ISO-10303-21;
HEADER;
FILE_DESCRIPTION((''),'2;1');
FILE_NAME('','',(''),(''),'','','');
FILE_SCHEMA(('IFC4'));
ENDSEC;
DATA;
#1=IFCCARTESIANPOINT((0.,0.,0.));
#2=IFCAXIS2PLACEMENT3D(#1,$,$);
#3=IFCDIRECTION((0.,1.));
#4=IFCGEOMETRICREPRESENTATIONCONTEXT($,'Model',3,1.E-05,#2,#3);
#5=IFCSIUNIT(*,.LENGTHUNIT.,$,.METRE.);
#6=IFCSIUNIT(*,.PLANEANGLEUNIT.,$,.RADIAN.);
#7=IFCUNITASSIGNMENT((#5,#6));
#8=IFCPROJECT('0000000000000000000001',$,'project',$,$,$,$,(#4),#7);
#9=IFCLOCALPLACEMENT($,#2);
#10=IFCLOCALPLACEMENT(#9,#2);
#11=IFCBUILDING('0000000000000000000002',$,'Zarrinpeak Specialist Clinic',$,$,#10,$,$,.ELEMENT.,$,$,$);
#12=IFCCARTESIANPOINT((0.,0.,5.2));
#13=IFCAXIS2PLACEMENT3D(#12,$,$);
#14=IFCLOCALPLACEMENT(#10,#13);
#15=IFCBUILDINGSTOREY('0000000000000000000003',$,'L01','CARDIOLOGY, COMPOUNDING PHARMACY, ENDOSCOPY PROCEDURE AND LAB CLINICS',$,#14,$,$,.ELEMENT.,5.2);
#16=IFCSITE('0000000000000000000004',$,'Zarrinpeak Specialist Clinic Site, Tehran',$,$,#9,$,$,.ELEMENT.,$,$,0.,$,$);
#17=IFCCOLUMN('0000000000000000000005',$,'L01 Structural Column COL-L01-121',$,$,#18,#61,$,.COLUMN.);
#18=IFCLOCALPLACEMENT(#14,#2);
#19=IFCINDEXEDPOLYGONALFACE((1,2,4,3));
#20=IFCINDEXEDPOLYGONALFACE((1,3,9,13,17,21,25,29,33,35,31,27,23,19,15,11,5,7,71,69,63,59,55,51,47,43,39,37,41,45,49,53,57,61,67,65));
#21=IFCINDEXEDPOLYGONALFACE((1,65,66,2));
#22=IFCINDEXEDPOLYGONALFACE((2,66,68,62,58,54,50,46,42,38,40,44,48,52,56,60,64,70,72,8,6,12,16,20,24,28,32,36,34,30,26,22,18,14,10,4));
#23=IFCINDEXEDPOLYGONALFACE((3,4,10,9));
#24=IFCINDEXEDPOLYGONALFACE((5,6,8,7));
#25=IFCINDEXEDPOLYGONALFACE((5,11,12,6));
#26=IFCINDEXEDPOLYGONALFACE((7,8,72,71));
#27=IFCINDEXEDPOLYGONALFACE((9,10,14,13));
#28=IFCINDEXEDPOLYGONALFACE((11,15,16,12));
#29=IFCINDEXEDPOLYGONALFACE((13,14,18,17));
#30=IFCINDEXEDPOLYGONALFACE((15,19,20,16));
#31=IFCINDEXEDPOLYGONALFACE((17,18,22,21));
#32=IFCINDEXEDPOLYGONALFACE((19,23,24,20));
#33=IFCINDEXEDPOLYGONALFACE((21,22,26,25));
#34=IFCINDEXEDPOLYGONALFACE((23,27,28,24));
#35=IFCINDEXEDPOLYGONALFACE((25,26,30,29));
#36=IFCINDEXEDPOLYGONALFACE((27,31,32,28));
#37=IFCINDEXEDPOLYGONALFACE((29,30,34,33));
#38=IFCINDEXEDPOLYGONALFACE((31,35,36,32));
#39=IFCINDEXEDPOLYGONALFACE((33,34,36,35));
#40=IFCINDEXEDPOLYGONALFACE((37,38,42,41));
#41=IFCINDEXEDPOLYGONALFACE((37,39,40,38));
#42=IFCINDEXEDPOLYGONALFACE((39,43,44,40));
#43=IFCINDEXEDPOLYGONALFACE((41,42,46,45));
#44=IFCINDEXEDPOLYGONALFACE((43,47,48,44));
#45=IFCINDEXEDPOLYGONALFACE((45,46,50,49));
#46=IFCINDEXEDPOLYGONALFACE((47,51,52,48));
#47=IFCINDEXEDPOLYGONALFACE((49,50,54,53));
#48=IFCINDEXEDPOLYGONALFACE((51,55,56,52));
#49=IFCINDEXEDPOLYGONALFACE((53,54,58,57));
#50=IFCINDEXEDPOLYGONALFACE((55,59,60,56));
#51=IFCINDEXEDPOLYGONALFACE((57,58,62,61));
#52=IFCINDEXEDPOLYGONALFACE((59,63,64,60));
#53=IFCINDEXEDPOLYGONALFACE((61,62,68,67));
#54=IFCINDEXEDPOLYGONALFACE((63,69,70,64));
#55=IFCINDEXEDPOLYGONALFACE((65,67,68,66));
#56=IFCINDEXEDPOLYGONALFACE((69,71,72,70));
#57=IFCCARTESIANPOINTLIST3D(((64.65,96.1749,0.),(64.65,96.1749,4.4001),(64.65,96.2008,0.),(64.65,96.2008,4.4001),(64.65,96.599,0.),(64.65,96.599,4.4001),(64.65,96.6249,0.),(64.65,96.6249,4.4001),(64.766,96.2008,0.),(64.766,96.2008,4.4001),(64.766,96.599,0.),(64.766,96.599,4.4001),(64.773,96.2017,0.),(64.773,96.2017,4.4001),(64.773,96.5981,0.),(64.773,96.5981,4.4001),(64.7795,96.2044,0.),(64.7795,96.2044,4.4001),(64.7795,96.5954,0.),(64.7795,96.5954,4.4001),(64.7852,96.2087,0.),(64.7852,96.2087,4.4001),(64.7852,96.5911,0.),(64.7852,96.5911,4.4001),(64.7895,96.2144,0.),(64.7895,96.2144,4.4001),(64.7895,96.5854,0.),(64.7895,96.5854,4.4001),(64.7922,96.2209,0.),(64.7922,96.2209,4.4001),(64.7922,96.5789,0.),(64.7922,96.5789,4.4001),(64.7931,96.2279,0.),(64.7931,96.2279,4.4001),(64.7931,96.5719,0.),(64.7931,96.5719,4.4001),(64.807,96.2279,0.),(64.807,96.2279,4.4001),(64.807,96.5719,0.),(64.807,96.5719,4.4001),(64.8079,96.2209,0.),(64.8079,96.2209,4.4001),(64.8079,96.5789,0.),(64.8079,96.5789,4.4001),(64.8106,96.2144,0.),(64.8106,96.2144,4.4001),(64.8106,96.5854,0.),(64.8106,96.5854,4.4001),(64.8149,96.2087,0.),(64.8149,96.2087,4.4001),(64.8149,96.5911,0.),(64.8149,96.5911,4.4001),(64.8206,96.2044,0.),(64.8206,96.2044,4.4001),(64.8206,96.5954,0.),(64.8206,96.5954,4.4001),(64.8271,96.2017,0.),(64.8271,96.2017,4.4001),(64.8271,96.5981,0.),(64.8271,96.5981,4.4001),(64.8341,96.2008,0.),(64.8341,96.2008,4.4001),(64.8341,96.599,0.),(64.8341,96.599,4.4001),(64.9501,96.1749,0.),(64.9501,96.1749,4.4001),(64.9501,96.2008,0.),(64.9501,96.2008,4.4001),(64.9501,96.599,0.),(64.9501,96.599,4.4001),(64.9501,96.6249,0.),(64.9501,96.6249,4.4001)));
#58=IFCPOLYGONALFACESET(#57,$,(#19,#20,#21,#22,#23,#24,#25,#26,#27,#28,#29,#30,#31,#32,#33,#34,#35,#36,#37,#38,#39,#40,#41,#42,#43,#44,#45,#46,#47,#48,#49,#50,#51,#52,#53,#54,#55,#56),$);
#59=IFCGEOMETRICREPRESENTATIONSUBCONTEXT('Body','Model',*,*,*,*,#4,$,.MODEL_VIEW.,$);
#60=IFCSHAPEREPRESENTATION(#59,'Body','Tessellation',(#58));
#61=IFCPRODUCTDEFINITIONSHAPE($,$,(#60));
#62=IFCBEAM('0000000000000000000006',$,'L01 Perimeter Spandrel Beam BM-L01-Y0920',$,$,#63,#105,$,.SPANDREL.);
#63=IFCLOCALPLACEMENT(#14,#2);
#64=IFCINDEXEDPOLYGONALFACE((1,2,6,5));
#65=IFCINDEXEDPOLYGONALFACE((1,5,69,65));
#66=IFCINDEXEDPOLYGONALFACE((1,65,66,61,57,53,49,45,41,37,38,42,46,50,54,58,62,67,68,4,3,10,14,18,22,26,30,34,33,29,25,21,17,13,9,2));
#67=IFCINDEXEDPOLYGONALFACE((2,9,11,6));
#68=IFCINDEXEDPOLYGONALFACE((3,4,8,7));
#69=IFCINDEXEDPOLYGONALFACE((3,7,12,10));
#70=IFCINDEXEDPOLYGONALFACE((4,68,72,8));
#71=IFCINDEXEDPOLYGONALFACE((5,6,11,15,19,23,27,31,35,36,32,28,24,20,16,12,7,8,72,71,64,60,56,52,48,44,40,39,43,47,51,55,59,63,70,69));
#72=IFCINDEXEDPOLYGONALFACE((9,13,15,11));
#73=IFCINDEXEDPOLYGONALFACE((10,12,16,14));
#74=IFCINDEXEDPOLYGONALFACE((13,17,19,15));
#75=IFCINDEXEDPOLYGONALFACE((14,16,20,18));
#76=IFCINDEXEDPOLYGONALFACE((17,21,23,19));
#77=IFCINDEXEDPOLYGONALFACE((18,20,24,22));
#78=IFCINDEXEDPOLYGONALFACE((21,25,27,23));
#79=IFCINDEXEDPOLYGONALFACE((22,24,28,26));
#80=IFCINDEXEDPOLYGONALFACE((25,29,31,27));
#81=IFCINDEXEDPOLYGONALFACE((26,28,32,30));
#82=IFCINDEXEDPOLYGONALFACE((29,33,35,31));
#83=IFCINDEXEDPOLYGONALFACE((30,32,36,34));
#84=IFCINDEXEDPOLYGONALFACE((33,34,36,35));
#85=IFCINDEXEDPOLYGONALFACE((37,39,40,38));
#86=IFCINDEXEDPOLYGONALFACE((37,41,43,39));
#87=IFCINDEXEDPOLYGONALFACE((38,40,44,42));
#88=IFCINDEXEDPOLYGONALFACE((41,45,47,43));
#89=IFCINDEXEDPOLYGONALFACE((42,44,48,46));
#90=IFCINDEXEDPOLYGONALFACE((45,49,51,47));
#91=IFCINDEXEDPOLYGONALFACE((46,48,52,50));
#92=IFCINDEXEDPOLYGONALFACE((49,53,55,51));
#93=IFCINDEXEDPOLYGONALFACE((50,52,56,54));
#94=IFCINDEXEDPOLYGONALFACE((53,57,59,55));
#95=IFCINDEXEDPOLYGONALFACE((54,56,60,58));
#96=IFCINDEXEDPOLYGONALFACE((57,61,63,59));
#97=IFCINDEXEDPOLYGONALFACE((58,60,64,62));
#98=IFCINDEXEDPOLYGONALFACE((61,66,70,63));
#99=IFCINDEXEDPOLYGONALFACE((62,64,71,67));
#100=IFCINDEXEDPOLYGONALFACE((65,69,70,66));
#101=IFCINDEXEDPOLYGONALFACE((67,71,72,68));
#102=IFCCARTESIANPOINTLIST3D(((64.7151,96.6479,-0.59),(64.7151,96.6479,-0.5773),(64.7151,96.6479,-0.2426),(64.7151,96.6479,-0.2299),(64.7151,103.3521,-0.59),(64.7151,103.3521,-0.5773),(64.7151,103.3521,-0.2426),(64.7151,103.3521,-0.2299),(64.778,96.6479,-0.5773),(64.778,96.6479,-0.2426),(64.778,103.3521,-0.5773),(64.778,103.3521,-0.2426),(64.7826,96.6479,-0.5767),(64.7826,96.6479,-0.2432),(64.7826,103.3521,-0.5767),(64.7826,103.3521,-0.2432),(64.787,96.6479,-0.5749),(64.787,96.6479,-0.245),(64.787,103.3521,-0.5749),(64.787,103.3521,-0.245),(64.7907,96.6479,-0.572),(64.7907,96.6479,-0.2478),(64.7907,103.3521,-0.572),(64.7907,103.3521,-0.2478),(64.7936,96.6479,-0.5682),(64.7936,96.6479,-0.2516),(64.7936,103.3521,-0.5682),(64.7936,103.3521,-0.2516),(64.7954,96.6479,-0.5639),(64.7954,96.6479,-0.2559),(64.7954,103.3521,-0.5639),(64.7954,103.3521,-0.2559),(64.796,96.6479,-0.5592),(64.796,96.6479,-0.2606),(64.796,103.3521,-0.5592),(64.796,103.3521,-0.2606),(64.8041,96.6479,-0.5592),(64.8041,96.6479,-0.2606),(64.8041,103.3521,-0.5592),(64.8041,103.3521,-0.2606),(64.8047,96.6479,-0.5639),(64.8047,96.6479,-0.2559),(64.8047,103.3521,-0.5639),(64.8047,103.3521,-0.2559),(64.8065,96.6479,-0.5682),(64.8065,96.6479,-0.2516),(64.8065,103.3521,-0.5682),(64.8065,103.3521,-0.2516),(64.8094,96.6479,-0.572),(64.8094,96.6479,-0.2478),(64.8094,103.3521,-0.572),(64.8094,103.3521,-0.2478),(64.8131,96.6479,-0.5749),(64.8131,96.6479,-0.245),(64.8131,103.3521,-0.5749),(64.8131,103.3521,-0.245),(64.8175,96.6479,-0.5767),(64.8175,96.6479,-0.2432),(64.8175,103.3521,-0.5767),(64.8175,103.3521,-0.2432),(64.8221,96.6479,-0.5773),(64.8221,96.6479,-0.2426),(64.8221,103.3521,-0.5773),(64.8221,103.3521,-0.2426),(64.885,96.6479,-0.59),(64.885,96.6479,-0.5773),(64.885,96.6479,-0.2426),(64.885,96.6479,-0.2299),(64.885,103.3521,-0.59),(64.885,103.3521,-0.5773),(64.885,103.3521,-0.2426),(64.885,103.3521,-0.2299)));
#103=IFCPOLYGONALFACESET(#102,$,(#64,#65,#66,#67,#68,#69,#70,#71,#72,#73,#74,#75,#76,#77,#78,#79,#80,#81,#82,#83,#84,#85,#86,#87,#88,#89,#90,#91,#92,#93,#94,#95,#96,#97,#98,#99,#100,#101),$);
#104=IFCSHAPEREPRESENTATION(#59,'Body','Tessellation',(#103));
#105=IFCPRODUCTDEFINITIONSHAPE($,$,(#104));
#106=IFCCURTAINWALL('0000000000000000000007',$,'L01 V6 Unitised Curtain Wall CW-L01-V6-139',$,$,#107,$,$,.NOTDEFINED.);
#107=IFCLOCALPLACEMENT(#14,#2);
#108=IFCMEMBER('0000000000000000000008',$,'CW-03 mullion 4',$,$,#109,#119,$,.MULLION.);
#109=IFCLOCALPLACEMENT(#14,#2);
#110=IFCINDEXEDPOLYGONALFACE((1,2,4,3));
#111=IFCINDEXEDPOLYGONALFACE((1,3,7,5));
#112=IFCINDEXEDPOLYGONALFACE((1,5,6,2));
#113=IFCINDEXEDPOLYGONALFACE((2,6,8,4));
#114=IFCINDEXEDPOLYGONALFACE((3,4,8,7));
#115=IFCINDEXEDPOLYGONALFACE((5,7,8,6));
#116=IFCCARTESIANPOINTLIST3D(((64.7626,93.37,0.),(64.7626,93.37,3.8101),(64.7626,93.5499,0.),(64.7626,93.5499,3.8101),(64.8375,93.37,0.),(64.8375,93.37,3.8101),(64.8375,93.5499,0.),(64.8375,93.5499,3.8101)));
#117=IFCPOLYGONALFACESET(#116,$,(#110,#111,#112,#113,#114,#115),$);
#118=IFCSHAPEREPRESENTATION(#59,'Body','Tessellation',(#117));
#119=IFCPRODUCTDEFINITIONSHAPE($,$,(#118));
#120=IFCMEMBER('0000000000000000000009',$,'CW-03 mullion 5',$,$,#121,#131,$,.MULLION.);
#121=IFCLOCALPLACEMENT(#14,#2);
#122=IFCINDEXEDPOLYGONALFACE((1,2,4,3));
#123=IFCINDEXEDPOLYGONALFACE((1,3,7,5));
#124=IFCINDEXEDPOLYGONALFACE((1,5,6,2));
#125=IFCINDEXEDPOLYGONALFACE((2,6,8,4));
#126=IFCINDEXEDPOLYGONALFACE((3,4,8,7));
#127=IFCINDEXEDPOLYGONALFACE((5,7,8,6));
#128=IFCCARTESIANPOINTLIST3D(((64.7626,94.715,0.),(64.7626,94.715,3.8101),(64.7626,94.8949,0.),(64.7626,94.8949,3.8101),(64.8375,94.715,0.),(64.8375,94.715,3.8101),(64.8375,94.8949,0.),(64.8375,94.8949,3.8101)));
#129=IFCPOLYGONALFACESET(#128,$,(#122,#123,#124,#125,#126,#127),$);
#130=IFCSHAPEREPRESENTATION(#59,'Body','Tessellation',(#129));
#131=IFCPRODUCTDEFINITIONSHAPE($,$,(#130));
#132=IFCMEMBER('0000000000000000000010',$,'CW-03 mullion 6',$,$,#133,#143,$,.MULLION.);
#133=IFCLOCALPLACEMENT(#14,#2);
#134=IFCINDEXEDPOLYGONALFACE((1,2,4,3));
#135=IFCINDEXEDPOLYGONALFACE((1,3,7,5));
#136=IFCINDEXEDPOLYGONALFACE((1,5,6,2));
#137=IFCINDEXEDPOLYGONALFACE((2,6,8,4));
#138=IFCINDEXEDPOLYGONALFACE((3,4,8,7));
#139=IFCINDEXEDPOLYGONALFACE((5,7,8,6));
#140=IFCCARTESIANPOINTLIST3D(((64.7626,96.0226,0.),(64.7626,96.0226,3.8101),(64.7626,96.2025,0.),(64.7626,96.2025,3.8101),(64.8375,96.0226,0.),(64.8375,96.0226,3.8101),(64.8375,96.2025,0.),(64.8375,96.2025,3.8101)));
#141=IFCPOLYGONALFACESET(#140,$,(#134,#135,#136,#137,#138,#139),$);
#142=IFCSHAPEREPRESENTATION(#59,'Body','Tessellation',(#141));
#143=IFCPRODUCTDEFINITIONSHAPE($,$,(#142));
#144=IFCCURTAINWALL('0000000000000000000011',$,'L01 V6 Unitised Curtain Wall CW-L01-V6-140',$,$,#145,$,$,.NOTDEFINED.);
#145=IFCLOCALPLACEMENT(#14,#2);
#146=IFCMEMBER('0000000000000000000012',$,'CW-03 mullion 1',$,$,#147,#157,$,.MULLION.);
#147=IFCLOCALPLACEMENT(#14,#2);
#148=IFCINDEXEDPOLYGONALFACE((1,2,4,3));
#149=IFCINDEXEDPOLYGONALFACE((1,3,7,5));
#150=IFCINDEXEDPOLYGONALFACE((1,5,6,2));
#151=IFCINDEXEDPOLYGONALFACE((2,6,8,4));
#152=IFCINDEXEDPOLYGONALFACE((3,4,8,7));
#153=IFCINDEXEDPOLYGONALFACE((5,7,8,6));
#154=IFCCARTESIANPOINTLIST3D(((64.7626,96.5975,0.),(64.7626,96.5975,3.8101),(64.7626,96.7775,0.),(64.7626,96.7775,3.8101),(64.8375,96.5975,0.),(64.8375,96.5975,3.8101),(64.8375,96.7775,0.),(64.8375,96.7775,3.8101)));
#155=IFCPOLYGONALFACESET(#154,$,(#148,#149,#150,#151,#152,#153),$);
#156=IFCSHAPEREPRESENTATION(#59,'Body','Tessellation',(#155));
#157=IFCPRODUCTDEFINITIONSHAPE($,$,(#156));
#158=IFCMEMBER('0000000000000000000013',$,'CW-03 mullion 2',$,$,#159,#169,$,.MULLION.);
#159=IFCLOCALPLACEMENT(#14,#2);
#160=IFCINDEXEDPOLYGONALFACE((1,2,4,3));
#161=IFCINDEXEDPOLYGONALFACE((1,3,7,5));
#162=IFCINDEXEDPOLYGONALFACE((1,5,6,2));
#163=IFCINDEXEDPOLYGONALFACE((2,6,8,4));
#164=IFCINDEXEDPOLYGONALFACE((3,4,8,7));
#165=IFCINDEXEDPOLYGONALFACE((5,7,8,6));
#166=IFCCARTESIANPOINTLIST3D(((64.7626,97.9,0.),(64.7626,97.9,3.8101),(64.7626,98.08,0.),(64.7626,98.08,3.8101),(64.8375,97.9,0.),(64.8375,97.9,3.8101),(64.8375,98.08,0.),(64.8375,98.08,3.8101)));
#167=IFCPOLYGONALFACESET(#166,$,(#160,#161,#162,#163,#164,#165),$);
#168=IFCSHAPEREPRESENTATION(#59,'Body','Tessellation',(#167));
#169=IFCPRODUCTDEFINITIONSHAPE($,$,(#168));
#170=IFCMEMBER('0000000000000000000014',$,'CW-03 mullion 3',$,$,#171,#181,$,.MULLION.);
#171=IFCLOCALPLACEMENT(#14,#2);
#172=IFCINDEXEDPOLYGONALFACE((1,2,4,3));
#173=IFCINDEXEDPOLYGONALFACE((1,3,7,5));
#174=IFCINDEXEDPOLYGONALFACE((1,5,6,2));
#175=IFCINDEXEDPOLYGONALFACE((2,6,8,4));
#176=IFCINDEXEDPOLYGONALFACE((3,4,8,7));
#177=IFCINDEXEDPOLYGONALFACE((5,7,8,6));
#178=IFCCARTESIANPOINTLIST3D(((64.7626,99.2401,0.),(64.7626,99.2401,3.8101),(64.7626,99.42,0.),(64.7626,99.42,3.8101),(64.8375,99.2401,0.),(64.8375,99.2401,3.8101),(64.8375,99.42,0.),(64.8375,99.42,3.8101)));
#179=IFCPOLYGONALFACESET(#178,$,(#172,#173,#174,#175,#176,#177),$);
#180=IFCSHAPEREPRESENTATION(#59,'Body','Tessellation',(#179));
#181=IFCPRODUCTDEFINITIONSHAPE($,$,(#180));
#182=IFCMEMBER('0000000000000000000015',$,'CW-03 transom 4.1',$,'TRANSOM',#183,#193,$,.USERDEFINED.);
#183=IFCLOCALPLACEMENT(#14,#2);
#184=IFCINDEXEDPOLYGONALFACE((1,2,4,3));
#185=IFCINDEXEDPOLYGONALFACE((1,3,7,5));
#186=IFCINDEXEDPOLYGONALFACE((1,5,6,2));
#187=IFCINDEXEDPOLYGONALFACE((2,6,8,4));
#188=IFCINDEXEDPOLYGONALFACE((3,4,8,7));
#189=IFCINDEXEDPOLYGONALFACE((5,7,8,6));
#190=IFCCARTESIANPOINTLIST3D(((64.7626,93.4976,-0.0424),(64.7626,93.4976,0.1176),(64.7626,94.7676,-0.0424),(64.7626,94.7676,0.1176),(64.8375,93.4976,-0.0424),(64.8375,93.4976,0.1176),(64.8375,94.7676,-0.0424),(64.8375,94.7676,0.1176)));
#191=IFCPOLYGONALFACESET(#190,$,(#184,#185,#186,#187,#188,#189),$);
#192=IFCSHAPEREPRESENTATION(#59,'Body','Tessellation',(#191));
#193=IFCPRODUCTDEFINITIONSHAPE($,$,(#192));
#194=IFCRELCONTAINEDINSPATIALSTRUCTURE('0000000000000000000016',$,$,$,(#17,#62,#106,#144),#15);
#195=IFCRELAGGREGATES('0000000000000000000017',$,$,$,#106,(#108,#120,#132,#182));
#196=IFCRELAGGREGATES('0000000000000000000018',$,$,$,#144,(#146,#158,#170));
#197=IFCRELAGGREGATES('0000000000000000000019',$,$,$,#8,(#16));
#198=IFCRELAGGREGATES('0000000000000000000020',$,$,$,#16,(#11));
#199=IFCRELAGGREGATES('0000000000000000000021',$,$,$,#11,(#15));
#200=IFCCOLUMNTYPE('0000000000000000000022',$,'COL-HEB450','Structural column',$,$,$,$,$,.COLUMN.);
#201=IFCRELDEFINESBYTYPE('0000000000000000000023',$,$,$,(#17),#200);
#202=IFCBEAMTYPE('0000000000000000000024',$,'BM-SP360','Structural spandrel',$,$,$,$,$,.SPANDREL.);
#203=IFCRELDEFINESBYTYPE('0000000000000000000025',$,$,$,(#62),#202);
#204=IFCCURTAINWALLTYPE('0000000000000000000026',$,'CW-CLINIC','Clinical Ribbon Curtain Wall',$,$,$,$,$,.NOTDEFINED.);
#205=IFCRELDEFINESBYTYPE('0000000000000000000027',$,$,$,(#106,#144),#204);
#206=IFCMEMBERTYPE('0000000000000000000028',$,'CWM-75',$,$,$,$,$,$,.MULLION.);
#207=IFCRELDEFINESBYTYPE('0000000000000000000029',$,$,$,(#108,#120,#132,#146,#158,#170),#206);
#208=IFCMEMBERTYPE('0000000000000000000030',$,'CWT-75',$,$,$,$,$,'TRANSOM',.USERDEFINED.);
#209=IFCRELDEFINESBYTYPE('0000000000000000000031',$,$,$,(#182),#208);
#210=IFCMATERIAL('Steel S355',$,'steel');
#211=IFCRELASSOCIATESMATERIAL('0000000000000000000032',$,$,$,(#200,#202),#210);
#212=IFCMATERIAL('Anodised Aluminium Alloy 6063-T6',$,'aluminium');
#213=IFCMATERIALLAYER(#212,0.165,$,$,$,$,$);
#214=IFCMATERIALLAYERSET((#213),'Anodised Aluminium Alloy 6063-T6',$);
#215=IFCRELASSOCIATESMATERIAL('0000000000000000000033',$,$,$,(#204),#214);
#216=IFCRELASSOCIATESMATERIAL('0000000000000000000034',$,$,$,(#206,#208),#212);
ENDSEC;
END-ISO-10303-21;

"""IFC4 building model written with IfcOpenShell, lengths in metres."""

from ifc_helpers import new_model, si_unit, direction, frame, origin, origin_2d, place, context, subcontext, project, spatial, rectangle, i_section, extrude, material, layer, layer_set, material_profile, profile_set, type_object, element, aggregate, save


model = new_model("IFC4")

# Units and contexts
model_context = context("Model", 3, precision=1e-05, world=origin(), true_north=direction((0.0, 1.0)))
body_context = subcontext(model_context, "Body", "Model", "MODEL_VIEW")
ifc_project = project(units=[si_unit("LENGTHUNIT", "METRE"), si_unit("PLANEANGLEUNIT", "RADIAN")], contexts=[model_context])

# Site, building, storey
site_placement = place(None, origin())
site = spatial("IfcSite", under=ifc_project, at=site_placement, Name="Zarrinpeak Specialist Clinic Site, Tehran", CompositionType="ELEMENT", RefElevation=0.0)
building_placement = place(site_placement, origin())
building = spatial("IfcBuilding", under=site, at=building_placement, Name="Zarrinpeak Specialist Clinic", CompositionType="ELEMENT")
storey_placement = place(building_placement, frame((0.0, 0.0, 5.2)))
storey = spatial("IfcBuildingStorey", under=building, at=storey_placement, Name="L01", Description="CARDIOLOGY, COMPOUNDING PHARMACY, ENDOSCOPY PROCEDURE AND LAB CLINICS", CompositionType="ELEMENT", Elevation=5.2)

# Column
ifc_material_1 = material(Name="Steel S355", Category="steel")
ifc_material_profile_1 = material_profile(ifc_material_1, i_section(OverallWidth=0.3, OverallDepth=0.45, WebThickness=0.0139, FlangeThickness=0.0259, FilletRadius=0.0271, at=origin_2d()), Name="HEB 450")
ifc_profile_set_1 = profile_set([ifc_material_profile_1], Name="Steel S355")
column_type = type_object("IfcColumnType", Name="COL-HEB450", Description="Structural column", PredefinedType="COLUMN", material=ifc_profile_set_1)
column_placement = place(storey_placement, frame((64.8, 96.3999, 0.0), z_axis=(0.0, 0.0, 1.0), x_axis=(1.0, 0.0, 0.0)))
element("IfcColumn", 1, at=column_placement, inside=storey, type_object=column_type, Name="L01 Structural Column COL-L01-121", PredefinedType="COLUMN", context=body_context, shape_type="SweptSolid", body=[
    extrude(i_section(OverallWidth=0.3, OverallDepth=0.45, WebThickness=0.0139, FlangeThickness=0.0259, FilletRadius=0.0271, at=origin_2d()), origin(), (0.0, 0.0, 1.0), 4.4001),
])

# Beam
ifc_material_profile_2 = material_profile(ifc_material_1, i_section(OverallWidth=0.1699, OverallDepth=0.3601, WebThickness=0.0081, FlangeThickness=0.0127, FilletRadius=0.0181, at=origin_2d()), Name="IPE 360")
ifc_profile_set_2 = profile_set([ifc_material_profile_2], Name="Steel S355")
beam_type = type_object("IfcBeamType", Name="BM-SP360", Description="Structural spandrel", PredefinedType="SPANDREL", material=ifc_profile_set_2)
beam_placement = place(storey_placement, frame((64.8, 96.6479, -0.4099), z_axis=(0.0, 1.0, 0.0), x_axis=(-1.0, 0.0, 0.0)))
element("IfcBeam", 2, at=beam_placement, inside=storey, type_object=beam_type, Name="L01 Perimeter Spandrel Beam BM-L01-Y0920", PredefinedType="SPANDREL", context=body_context, shape_type="SweptSolid", body=[
    extrude(i_section(OverallWidth=0.1699, OverallDepth=0.3601, WebThickness=0.0081, FlangeThickness=0.0127, FilletRadius=0.0181, at=origin_2d()), origin(), (0.0, 0.0, 1.0), 6.7041),
])

# Curtain walls, members
ifc_material_2 = material(Name="Anodised Aluminium Alloy 6063-T6", Category="aluminium")
ifc_layer_1 = layer(ifc_material_2, 0.165)
ifc_layer_set_1 = layer_set([ifc_layer_1], Name="Anodised Aluminium Alloy 6063-T6")
curtain_wall_type = type_object("IfcCurtainWallType", Name="CW-CLINIC", Description="Clinical Ribbon Curtain Wall", PredefinedType="NOTDEFINED", material=ifc_layer_set_1)
curtain_wall_1_placement = place(storey_placement, origin())
curtain_wall_1 = element("IfcCurtainWall", 3, at=curtain_wall_1_placement, inside=storey, type_object=curtain_wall_type, Name="L01 V6 Unitised Curtain Wall CW-L01-V6-139", PredefinedType="NOTDEFINED")
ifc_material_profile_3 = material_profile(ifc_material_2, rectangle(XDim=0.075, YDim=0.1799, at=origin_2d()), Name="ALU 75x180")
ifc_profile_set_3 = profile_set([ifc_material_profile_3], Name="Anodised Aluminium Alloy 6063-T6")
member_type_1 = type_object("IfcMemberType", Name="CWM-75", PredefinedType="MULLION", material=ifc_profile_set_3)
member_1_placement = place(storey_placement, frame((64.8, 93.46, 0.0), z_axis=(0.0, 0.0, 1.0), x_axis=(-1.0, 0.0, 0.0)))
member_1 = element("IfcMember", 4, at=member_1_placement, type_object=member_type_1, Name="CW-03 mullion 4", PredefinedType="MULLION", context=body_context, shape_type="SweptSolid", body=[
    extrude(rectangle(XDim=0.075, YDim=0.1799, at=origin_2d()), origin(), (0.0, 0.0, 1.0), 3.8101),
])
member_2_placement = place(storey_placement, frame((64.8, 94.8049, 0.0), z_axis=(0.0, 0.0, 1.0), x_axis=(-1.0, 0.0, 0.0)))
member_2 = element("IfcMember", 5, at=member_2_placement, type_object=member_type_1, Name="CW-03 mullion 5", PredefinedType="MULLION", context=body_context, shape_type="SweptSolid", body=[
    extrude(rectangle(XDim=0.075, YDim=0.1799, at=origin_2d()), origin(), (0.0, 0.0, 1.0), 3.8101),
])
member_3_placement = place(storey_placement, frame((64.8, 96.1125, 0.0), z_axis=(0.0, 0.0, 1.0), x_axis=(-1.0, 0.0, 0.0)))
member_3 = element("IfcMember", 6, at=member_3_placement, type_object=member_type_1, Name="CW-03 mullion 6", PredefinedType="MULLION", context=body_context, shape_type="SweptSolid", body=[
    extrude(rectangle(XDim=0.075, YDim=0.1799, at=origin_2d()), origin(), (0.0, 0.0, 1.0), 3.8101),
])
curtain_wall_2_placement = place(storey_placement, origin())
curtain_wall_2 = element("IfcCurtainWall", 7, at=curtain_wall_2_placement, inside=storey, type_object=curtain_wall_type, Name="L01 V6 Unitised Curtain Wall CW-L01-V6-140", PredefinedType="NOTDEFINED")
member_4_placement = place(storey_placement, frame((64.8, 96.6875, 0.0), z_axis=(0.0, 0.0, 1.0), x_axis=(-1.0, 0.0, 0.0)))
member_4 = element("IfcMember", 8, at=member_4_placement, type_object=member_type_1, Name="CW-03 mullion 1", PredefinedType="MULLION", context=body_context, shape_type="SweptSolid", body=[
    extrude(rectangle(XDim=0.075, YDim=0.1799, at=origin_2d()), origin(), (0.0, 0.0, 1.0), 3.8101),
])
member_5_placement = place(storey_placement, frame((64.8, 97.99, 0.0), z_axis=(0.0, 0.0, 1.0), x_axis=(-1.0, 0.0, 0.0)))
member_5 = element("IfcMember", 9, at=member_5_placement, type_object=member_type_1, Name="CW-03 mullion 2", PredefinedType="MULLION", context=body_context, shape_type="SweptSolid", body=[
    extrude(rectangle(XDim=0.075, YDim=0.1799, at=origin_2d()), origin(), (0.0, 0.0, 1.0), 3.8101),
])
member_6_placement = place(storey_placement, frame((64.8, 99.3301, 0.0), z_axis=(0.0, 0.0, 1.0), x_axis=(-1.0, 0.0, 0.0)))
member_6 = element("IfcMember", 10, at=member_6_placement, type_object=member_type_1, Name="CW-03 mullion 3", PredefinedType="MULLION", context=body_context, shape_type="SweptSolid", body=[
    extrude(rectangle(XDim=0.075, YDim=0.1799, at=origin_2d()), origin(), (0.0, 0.0, 1.0), 3.8101),
])

# Member
ifc_material_profile_4 = material_profile(ifc_material_2, rectangle(XDim=0.075, YDim=0.1599, at=origin_2d()), Name="ALU 75x160")
ifc_profile_set_4 = profile_set([ifc_material_profile_4], Name="Anodised Aluminium Alloy 6063-T6")
member_type_2 = type_object("IfcMemberType", Name="CWT-75", ElementType="TRANSOM", PredefinedType="USERDEFINED", material=ifc_profile_set_4)
member_7_placement = place(storey_placement, frame((64.8, 93.4976, 0.0376), z_axis=(0.0, 1.0, 0.0), x_axis=(-1.0, 0.0, 0.0)))
member_7 = element("IfcMember", 11, at=member_7_placement, type_object=member_type_2, Name="CW-03 transom 4.1", ObjectType="TRANSOM", PredefinedType="USERDEFINED", context=body_context, shape_type="SweptSolid", body=[
    extrude(rectangle(XDim=0.075, YDim=0.1599, at=origin_2d()), origin(), (0.0, 0.0, 1.0), 1.27),
])

aggregate(curtain_wall_1, [member_1, member_2, member_3, member_7])
aggregate(curtain_wall_2, [member_4, member_5, member_6])

save(model, "model.ifc")
